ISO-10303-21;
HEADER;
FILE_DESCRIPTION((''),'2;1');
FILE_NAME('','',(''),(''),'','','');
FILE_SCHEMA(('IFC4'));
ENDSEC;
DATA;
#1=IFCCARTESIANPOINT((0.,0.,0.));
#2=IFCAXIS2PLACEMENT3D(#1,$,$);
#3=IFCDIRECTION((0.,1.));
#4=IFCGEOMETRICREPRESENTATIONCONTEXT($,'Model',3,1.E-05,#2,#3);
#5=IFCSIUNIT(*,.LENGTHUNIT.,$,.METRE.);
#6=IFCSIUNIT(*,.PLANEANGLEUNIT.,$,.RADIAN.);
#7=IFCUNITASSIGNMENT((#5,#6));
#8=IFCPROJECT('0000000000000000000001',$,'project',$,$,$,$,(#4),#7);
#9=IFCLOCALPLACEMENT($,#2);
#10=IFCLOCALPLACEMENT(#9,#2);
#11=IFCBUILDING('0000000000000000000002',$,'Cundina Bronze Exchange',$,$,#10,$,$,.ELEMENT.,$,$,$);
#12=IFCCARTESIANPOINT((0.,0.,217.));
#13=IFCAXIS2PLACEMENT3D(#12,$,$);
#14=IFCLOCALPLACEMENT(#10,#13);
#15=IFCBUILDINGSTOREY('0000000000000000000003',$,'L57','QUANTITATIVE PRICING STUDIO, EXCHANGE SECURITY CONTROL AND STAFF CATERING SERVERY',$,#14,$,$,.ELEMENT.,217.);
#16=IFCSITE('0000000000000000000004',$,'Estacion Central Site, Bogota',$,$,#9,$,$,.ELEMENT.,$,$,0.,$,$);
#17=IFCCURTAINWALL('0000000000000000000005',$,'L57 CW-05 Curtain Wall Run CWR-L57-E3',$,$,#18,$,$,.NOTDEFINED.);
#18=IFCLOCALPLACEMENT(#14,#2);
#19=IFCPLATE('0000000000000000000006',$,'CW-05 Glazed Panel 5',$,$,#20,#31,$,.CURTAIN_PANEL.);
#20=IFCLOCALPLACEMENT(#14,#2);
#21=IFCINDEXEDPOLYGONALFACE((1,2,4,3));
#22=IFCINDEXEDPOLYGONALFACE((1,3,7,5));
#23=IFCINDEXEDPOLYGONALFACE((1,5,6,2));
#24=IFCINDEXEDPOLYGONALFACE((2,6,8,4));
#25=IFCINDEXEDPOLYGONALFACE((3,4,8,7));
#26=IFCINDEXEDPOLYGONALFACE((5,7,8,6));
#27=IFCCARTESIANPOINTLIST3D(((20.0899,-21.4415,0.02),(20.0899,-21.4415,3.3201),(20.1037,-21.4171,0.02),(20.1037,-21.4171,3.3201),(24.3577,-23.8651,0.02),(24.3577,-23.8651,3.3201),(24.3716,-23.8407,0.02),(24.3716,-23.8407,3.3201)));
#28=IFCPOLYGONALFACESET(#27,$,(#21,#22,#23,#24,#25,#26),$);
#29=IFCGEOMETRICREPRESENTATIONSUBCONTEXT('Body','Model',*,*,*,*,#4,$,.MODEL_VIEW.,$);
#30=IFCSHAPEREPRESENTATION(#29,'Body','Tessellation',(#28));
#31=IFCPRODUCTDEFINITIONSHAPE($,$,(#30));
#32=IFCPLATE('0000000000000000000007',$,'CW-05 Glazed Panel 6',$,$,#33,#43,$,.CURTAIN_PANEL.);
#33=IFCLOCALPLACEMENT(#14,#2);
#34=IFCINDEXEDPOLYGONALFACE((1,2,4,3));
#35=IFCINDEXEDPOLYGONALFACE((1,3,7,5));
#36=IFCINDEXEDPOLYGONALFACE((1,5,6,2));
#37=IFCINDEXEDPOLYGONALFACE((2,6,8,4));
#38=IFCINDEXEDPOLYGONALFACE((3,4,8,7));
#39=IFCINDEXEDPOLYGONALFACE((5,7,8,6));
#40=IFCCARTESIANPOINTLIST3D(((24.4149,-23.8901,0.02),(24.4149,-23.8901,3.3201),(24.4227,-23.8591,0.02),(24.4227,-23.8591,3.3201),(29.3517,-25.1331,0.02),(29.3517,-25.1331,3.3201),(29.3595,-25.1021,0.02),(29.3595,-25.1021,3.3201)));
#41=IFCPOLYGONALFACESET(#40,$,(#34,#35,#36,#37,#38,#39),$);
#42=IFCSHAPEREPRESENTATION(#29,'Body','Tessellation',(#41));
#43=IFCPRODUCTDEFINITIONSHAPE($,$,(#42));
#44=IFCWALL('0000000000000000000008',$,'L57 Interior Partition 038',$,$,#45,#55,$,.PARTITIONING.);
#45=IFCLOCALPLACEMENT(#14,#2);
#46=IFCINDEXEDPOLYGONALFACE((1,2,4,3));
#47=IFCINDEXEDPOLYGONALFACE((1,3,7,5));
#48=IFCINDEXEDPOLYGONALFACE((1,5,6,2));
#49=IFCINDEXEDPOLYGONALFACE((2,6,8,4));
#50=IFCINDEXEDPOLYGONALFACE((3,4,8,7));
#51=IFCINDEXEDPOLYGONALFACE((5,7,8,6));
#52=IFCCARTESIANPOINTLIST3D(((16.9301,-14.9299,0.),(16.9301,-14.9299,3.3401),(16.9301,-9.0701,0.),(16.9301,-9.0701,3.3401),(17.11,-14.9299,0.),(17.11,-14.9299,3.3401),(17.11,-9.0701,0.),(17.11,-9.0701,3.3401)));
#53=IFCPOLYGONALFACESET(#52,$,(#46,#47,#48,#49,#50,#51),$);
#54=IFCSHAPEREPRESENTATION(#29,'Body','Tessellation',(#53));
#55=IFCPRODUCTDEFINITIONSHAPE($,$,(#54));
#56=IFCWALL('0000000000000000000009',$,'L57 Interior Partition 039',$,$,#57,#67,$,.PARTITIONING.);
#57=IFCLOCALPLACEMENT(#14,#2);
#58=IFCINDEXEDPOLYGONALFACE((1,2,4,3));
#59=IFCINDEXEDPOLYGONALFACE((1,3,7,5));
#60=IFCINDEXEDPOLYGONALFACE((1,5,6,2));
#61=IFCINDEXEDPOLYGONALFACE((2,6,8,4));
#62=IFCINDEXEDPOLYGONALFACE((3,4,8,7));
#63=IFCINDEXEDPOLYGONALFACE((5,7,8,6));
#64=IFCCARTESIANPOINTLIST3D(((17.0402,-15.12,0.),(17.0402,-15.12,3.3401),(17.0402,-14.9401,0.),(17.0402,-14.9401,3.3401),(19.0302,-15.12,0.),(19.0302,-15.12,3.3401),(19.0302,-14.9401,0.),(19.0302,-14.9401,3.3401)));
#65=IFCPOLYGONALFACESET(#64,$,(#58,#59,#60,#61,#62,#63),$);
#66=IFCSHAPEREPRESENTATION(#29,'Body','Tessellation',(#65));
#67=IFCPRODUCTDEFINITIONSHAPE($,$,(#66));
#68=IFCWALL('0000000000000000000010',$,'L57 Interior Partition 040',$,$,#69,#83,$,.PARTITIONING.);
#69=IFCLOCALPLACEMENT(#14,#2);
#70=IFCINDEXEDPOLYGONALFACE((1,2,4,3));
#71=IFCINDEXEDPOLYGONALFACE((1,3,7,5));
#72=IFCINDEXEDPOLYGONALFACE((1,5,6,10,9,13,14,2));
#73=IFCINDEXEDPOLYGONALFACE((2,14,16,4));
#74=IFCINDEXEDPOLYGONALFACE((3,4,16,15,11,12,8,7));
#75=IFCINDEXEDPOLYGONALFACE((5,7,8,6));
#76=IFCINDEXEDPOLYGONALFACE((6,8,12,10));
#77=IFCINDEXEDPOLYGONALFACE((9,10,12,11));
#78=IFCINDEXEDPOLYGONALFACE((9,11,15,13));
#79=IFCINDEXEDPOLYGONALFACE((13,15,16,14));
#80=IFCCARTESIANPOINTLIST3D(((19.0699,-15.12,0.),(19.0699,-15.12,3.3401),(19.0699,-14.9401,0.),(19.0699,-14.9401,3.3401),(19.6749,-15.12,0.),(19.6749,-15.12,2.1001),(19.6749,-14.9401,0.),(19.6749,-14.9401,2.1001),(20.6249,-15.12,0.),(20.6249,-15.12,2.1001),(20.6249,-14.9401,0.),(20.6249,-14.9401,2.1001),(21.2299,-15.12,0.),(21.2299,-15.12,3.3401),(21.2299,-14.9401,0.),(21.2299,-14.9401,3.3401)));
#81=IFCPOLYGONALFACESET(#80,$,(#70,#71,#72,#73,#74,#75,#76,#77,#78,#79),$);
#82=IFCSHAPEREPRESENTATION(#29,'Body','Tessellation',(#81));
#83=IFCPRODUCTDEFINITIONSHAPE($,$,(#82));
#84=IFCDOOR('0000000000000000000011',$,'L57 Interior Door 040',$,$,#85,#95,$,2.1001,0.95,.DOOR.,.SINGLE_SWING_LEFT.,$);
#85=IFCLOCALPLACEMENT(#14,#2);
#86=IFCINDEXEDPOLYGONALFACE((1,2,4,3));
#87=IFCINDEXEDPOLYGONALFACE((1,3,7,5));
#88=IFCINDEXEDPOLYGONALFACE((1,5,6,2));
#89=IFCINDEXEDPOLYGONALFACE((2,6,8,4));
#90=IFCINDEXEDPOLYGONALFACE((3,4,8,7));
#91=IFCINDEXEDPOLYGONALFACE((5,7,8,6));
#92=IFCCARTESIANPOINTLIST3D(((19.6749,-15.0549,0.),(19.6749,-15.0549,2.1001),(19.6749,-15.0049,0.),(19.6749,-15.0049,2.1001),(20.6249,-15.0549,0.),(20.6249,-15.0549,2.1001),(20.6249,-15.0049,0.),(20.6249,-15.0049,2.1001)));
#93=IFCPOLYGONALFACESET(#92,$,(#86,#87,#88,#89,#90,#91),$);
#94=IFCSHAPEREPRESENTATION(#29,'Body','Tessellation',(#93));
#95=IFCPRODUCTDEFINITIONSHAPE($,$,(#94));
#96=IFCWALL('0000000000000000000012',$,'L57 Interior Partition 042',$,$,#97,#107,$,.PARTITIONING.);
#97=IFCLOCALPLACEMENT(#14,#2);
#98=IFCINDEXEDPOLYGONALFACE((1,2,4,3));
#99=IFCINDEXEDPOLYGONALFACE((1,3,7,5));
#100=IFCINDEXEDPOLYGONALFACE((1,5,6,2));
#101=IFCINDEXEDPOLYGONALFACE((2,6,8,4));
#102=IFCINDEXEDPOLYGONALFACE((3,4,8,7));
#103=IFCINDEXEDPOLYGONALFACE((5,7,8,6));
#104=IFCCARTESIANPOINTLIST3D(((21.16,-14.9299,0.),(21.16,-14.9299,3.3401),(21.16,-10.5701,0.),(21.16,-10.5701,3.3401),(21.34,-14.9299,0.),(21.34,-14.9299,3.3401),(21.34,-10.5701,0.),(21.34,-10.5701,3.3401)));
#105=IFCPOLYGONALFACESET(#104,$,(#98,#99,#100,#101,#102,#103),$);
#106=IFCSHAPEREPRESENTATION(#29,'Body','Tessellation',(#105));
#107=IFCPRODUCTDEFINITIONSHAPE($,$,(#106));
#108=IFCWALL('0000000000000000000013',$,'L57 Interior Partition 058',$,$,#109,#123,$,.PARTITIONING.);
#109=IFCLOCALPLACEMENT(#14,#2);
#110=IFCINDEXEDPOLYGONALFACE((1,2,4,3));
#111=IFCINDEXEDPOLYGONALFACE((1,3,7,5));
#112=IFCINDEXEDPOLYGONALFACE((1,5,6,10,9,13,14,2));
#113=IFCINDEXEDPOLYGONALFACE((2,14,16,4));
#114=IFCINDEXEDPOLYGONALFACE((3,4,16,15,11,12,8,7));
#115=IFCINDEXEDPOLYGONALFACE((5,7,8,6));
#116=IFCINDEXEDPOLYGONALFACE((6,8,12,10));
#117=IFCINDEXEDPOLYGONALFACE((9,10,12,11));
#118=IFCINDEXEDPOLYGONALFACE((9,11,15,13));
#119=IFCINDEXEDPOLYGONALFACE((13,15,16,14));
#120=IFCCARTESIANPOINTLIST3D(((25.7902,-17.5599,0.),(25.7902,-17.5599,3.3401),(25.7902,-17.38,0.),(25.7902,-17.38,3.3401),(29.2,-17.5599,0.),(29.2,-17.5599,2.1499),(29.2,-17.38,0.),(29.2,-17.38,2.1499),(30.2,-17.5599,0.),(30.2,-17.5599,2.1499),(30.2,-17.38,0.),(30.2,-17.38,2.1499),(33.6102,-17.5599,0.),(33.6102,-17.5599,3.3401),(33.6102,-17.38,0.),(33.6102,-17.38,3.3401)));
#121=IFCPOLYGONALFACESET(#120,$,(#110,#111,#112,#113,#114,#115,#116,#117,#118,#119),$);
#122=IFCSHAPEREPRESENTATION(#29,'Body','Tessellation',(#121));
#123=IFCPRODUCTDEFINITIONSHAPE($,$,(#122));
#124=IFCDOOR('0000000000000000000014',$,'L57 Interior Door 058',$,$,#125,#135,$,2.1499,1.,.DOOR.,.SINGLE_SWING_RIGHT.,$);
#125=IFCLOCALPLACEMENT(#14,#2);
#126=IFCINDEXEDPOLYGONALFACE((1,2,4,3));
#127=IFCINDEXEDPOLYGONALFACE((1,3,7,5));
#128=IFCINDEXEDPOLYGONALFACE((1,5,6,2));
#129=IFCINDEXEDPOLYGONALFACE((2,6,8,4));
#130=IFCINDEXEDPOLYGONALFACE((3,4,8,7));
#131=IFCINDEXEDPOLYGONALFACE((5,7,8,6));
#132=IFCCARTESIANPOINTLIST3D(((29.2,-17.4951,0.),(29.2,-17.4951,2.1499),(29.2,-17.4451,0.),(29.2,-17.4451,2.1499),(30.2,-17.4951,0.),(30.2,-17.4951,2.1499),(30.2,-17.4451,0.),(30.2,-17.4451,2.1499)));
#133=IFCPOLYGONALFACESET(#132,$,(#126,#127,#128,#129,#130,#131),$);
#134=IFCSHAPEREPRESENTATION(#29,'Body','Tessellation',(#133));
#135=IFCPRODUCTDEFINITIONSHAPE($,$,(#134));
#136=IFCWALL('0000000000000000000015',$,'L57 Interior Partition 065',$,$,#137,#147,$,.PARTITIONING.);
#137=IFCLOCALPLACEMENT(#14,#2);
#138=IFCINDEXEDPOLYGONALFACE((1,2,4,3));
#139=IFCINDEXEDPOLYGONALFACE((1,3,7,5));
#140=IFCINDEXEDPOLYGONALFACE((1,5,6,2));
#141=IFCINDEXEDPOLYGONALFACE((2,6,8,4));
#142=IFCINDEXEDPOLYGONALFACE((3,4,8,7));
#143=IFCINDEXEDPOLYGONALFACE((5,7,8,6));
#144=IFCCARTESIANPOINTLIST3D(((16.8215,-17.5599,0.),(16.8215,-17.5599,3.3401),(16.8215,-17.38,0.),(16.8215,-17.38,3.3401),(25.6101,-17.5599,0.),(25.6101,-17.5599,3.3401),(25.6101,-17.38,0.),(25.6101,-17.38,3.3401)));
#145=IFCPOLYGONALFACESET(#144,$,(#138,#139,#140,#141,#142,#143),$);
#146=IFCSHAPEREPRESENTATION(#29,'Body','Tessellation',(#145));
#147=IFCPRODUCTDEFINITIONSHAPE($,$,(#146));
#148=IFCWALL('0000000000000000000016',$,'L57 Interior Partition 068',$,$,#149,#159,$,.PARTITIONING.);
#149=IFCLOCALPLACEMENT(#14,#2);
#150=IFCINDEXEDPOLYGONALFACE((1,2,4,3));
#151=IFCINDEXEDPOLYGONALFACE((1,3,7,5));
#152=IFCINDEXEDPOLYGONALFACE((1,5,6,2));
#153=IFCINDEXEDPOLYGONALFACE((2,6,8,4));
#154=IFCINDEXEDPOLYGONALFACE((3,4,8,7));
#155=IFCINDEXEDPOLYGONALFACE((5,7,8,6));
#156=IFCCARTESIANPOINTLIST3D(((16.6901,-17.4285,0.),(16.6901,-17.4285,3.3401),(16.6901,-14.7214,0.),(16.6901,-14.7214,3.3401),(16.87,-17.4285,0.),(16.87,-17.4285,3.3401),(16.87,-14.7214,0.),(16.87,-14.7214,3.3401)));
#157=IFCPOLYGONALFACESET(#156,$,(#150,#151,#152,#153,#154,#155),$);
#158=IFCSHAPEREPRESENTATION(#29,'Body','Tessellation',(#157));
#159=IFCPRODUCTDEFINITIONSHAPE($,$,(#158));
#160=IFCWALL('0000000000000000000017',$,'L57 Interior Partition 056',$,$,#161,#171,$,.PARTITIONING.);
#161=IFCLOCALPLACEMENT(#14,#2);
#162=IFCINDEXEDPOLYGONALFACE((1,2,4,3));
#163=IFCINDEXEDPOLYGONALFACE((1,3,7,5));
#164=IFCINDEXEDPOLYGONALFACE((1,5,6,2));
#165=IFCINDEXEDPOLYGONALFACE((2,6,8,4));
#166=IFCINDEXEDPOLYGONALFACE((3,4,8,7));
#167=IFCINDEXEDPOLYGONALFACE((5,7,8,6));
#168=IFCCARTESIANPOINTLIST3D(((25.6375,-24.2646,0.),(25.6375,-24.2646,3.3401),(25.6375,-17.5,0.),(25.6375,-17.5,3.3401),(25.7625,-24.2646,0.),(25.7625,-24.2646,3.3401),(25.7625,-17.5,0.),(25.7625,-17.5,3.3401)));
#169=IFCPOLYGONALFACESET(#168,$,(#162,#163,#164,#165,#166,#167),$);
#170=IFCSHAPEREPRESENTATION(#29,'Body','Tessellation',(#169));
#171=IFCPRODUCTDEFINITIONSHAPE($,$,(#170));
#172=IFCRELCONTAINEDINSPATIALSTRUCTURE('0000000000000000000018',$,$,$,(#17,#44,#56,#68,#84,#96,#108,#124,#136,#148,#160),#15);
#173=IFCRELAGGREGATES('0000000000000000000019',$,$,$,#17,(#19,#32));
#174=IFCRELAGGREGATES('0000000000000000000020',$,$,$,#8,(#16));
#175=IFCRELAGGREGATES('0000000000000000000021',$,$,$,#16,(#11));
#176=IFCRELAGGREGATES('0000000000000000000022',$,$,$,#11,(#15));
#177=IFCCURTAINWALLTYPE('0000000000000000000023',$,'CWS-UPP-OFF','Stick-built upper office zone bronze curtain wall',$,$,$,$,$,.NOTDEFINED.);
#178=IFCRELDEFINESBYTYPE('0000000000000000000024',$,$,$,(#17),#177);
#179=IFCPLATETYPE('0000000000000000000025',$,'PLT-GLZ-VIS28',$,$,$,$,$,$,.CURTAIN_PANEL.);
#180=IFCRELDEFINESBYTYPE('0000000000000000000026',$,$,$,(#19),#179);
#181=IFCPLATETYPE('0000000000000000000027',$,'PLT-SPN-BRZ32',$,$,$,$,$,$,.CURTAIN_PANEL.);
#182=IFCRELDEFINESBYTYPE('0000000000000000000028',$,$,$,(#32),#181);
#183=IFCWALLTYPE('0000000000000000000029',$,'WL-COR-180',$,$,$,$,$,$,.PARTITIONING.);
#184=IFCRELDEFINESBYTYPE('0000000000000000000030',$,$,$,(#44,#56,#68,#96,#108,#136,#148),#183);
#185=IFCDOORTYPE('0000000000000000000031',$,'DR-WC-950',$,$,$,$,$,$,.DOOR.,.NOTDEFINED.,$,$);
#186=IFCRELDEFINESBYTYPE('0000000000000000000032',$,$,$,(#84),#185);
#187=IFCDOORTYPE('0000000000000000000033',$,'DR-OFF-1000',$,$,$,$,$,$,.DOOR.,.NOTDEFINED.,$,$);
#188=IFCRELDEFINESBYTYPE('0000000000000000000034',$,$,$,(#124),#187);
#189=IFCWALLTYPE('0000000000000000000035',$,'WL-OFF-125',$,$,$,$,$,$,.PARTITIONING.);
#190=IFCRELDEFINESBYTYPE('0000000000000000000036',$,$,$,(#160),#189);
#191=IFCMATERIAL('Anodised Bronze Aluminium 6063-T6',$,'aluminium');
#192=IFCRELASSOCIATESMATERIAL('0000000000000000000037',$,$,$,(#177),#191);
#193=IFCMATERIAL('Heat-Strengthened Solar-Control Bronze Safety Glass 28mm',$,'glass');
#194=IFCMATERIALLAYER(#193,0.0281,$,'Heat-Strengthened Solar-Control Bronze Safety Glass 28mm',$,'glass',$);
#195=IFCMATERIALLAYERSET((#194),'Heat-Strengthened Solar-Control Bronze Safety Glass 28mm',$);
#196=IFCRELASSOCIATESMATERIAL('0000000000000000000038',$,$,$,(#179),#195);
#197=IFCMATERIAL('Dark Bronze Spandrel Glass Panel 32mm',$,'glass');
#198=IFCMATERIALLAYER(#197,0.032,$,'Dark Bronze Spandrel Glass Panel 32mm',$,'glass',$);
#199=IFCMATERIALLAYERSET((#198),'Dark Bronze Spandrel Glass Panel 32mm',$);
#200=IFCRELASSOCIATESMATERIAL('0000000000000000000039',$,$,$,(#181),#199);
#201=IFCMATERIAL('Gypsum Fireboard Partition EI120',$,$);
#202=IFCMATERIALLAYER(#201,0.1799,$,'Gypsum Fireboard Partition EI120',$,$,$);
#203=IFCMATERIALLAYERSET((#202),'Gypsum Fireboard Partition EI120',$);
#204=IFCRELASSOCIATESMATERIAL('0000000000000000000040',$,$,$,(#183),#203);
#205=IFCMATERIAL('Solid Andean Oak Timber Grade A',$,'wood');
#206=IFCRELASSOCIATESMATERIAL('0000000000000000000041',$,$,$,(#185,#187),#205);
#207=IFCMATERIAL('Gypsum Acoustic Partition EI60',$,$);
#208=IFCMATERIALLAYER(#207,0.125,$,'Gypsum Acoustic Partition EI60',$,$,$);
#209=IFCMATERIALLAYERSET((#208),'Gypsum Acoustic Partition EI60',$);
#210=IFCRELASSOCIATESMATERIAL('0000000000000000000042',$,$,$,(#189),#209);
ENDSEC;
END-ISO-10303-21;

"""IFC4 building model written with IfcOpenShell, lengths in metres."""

from ifc_helpers import new_model, si_unit, direction, frame, frame_2d, origin, origin_2d, place, context, subcontext, project, spatial, rectangle, extrude, material, layer, layer_set, type_object, element, fill, aggregate, save


model = new_model("IFC4")

# Units and contexts
model_context = context("Model", 3, precision=1e-05, world=origin(), true_north=direction((0.0, 1.0)))
body_context = subcontext(model_context, "Body", "Model", "MODEL_VIEW")
ifc_project = project(units=[si_unit("LENGTHUNIT", "METRE"), si_unit("PLANEANGLEUNIT", "RADIAN")], contexts=[model_context])

# Site, building, storey
site_placement = place(None, origin())
site = spatial("IfcSite", under=ifc_project, at=site_placement, Name="Estacion Central Site, Bogota", CompositionType="ELEMENT", RefElevation=0.0)
building_placement = place(site_placement, origin())
building = spatial("IfcBuilding", under=site, at=building_placement, Name="Cundina Bronze Exchange", CompositionType="ELEMENT")
storey_placement = place(building_placement, frame((0.0, 0.0, 217.0)))
storey = spatial("IfcBuildingStorey", under=building, at=storey_placement, Name="L57", Description="QUANTITATIVE PRICING STUDIO, EXCHANGE SECURITY CONTROL AND STAFF CATERING SERVERY", CompositionType="ELEMENT", Elevation=217.0)

# Curtain wall, plates
ifc_material_1 = material(Name="Anodised Bronze Aluminium 6063-T6", Category="aluminium")
curtain_wall_type = type_object("IfcCurtainWallType", Name="CWS-UPP-OFF", Description="Stick-built upper office zone bronze curtain wall", PredefinedType="NOTDEFINED", material=ifc_material_1)
curtain_wall_placement = place(storey_placement, origin())
curtain_wall = element("IfcCurtainWall", 1, at=curtain_wall_placement, inside=storey, type_object=curtain_wall_type, Name="L57 CW-05 Curtain Wall Run CWR-L57-E3", PredefinedType="NOTDEFINED")
ifc_material_2 = material(Name="Heat-Strengthened Solar-Control Bronze Safety Glass 28mm", Category="glass")
ifc_layer_1 = layer(ifc_material_2, 0.0281, Name="Heat-Strengthened Solar-Control Bronze Safety Glass 28mm", Category="glass")
ifc_layer_set_1 = layer_set([ifc_layer_1], Name="Heat-Strengthened Solar-Control Bronze Safety Glass 28mm")
plate_type_1 = type_object("IfcPlateType", Name="PLT-GLZ-VIS28", PredefinedType="CURTAIN_PANEL", material=ifc_layer_set_1)
plate_1_placement = place(storey_placement, frame((22.2307, -22.6411, 0.02), z_axis=(0.0, 0.0, 1.0), x_axis=(0.869573, -0.493805, 0.0)))
plate_1 = element("IfcPlate", 2, at=plate_1_placement, type_object=plate_type_1, Name="CW-05 Glazed Panel 5", PredefinedType="CURTAIN_PANEL", context=body_context, shape_type="SweptSolid", body=[
    extrude(rectangle(XDim=4.908, YDim=0.0281, at=origin_2d()), origin(), (0.0, 0.0, 1.0), 3.3),
])
ifc_material_3 = material(Name="Dark Bronze Spandrel Glass Panel 32mm", Category="glass")
ifc_layer_2 = layer(ifc_material_3, 0.032, Name="Dark Bronze Spandrel Glass Panel 32mm", Category="glass")
ifc_layer_set_2 = layer_set([ifc_layer_2], Name="Dark Bronze Spandrel Glass Panel 32mm")
plate_type_2 = type_object("IfcPlateType", Name="PLT-SPN-BRZ32", PredefinedType="CURTAIN_PANEL", material=ifc_layer_set_2)
plate_2_placement = place(storey_placement, frame((26.8872, -24.4961, 0.02), z_axis=(0.0, 0.0, 1.0), x_axis=(0.969732, -0.244174, 0.0)))
plate_2 = element("IfcPlate", 3, at=plate_2_placement, type_object=plate_type_2, Name="CW-05 Glazed Panel 6", PredefinedType="CURTAIN_PANEL", context=body_context, shape_type="SweptSolid", body=[
    extrude(rectangle(XDim=5.0908, YDim=0.032, at=origin_2d()), origin(), (0.0, 0.0, 1.0), 3.3),
])
aggregate(curtain_wall, [plate_1, plate_2])

# Walls
ifc_material_4 = material(Name="Gypsum Fireboard Partition EI120")
ifc_layer_3 = layer(ifc_material_4, 0.1799, Name="Gypsum Fireboard Partition EI120")
ifc_layer_set_3 = layer_set([ifc_layer_3], Name="Gypsum Fireboard Partition EI120")
wall_type_1 = type_object("IfcWallType", Name="WL-COR-180", PredefinedType="PARTITIONING", material=ifc_layer_set_3)
wall_1_placement = place(storey_placement, frame((17.02, -14.9299, 0.0), z_axis=(0.0, 0.0, 1.0), x_axis=(0.0, 1.0, 0.0)))
element("IfcWall", 4, at=wall_1_placement, inside=storey, type_object=wall_type_1, Name="L57 Interior Partition 038", PredefinedType="PARTITIONING", context=body_context, shape_type="SweptSolid", body=[
    extrude(rectangle(XDim=5.8599, YDim=0.1799, at=frame_2d((2.9299, 0.0))), origin(), (0.0, 0.0, 1.0), 3.3401),
])
wall_2_placement = place(storey_placement, frame((17.04, -15.03, 0.0), z_axis=(0.0, 0.0, 1.0), x_axis=(1.0, 0.0, 0.0)))
element("IfcWall", 5, at=wall_2_placement, inside=storey, type_object=wall_type_1, Name="L57 Interior Partition 039", PredefinedType="PARTITIONING", context=body_context, shape_type="SweptSolid", body=[
    extrude(rectangle(XDim=1.99, YDim=0.1799, at=frame_2d((0.9951, 0.0))), origin(), (0.0, 0.0, 1.0), 3.3401),
])

# Wall, opening, door
wall_3_placement = place(storey_placement, frame((21.23, -15.03, 0.0), z_axis=(0.0, 0.0, 1.0), x_axis=(-1.0, 0.0, 0.0)))
wall_3 = element("IfcWall", 6, at=wall_3_placement, inside=storey, type_object=wall_type_1, Name="L57 Interior Partition 040", PredefinedType="PARTITIONING", context=body_context, shape_type="SweptSolid", body=[
    extrude(rectangle(XDim=2.1599, YDim=0.1799, at=frame_2d((1.0801, 0.0))), origin(), (0.0, 0.0, 1.0), 3.3401),
])
opening_1_placement = place(wall_3_placement, frame((0.605, 0.0, 0.0)))
opening_1 = element("IfcOpeningElement", 7, at=opening_1_placement, cuts=wall_3, PredefinedType="OPENING", context=body_context, shape_type="SweptSolid", body=[
    extrude(rectangle(XDim=0.95, YDim=2.1001, at=frame_2d((0.4751, 1.05))), frame((0.0, 0.0999, 0.0), z_axis=(0.0, -1.0, 0.0), x_axis=(1.0, 0.0, 0.0)), (0.0, 0.0, 1.0), 0.2),
])
ifc_material_5 = material(Name="Solid Andean Oak Timber Grade A", Category="wood")
door_type_1 = type_object("IfcDoorType", Name="DR-WC-950", OperationType="NOTDEFINED", PredefinedType="DOOR", material=ifc_material_5)
door_1_placement = place(opening_1_placement, origin())
door_1 = element("IfcDoor", 8, at=door_1_placement, inside=storey, type_object=door_type_1, Name="L57 Interior Door 040", OperationType="SINGLE_SWING_LEFT", OverallHeight=2.1001, OverallWidth=0.95, PredefinedType="DOOR", context=body_context, shape_type="SweptSolid", body=[
    extrude(rectangle(XDim=0.95, YDim=2.1001, at=frame_2d((0.4751, 1.05))), frame((0.0, 0.0249, 0.0), z_axis=(0.0, -1.0, 0.0), x_axis=(1.0, 0.0, 0.0)), (0.0, 0.0, 1.0), 0.05),
])
fill(opening_1, door_1)

# Wall
wall_4_placement = place(storey_placement, frame((21.25, -14.9299, 0.0), z_axis=(0.0, 0.0, 1.0), x_axis=(0.0, 1.0, 0.0)))
element("IfcWall", 9, at=wall_4_placement, inside=storey, type_object=wall_type_1, Name="L57 Interior Partition 042", PredefinedType="PARTITIONING", context=body_context, shape_type="SweptSolid", body=[
    extrude(rectangle(XDim=4.3599, YDim=0.1799, at=frame_2d((2.1799, 0.0))), origin(), (0.0, 0.0, 1.0), 3.3401),
])

# Wall, opening, door
wall_5_placement = place(storey_placement, frame((25.79, -17.47, 0.0), z_axis=(0.0, 0.0, 1.0), x_axis=(1.0, 0.0, 0.0)))
wall_5 = element("IfcWall", 10, at=wall_5_placement, inside=storey, type_object=wall_type_1, Name="L57 Interior Partition 058", PredefinedType="PARTITIONING", context=body_context, shape_type="SweptSolid", body=[
    extrude(rectangle(XDim=7.8201, YDim=0.1799, at=frame_2d((3.9102, 0.0))), origin(), (0.0, 0.0, 1.0), 3.3401),
])
opening_2_placement = place(wall_5_placement, frame((3.4099, 0.0, 0.0)))
opening_2 = element("IfcOpeningElement", 11, at=opening_2_placement, cuts=wall_5, PredefinedType="OPENING", context=body_context, shape_type="SweptSolid", body=[
    extrude(rectangle(XDim=1.0, YDim=2.1499, at=frame_2d((0.5, 1.075))), frame((0.0, 0.0999, 0.0), z_axis=(0.0, -1.0, 0.0), x_axis=(1.0, 0.0, 0.0)), (0.0, 0.0, 1.0), 0.2),
])
door_type_2 = type_object("IfcDoorType", Name="DR-OFF-1000", OperationType="NOTDEFINED", PredefinedType="DOOR", material=ifc_material_5)
door_2_placement = place(opening_2_placement, origin())
door_2 = element("IfcDoor", 12, at=door_2_placement, inside=storey, type_object=door_type_2, Name="L57 Interior Door 058", OperationType="SINGLE_SWING_RIGHT", OverallHeight=2.1499, OverallWidth=1.0, PredefinedType="DOOR", context=body_context, shape_type="SweptSolid", body=[
    extrude(rectangle(XDim=1.0, YDim=2.1499, at=frame_2d((0.5, 1.075))), frame((0.0, 0.0249, 0.0), z_axis=(0.0, -1.0, 0.0), x_axis=(1.0, 0.0, 0.0)), (0.0, 0.0, 1.0), 0.05),
])
fill(opening_2, door_2)

# Walls
wall_6_placement = place(storey_placement, frame((16.8215, -17.47, 0.0), z_axis=(0.0, 0.0, 1.0), x_axis=(1.0, 0.0, 0.0)))
element("IfcWall", 13, at=wall_6_placement, inside=storey, type_object=wall_type_1, Name="L57 Interior Partition 065", PredefinedType="PARTITIONING", context=body_context, shape_type="SweptSolid", body=[
    extrude(rectangle(XDim=8.7886, YDim=0.1799, at=frame_2d((4.3943, 0.0))), origin(), (0.0, 0.0, 1.0), 3.3401),
])
wall_7_placement = place(storey_placement, frame((16.78, -14.7214, 0.0), z_axis=(0.0, 0.0, 1.0), x_axis=(0.0, -1.0, 0.0)))
element("IfcWall", 14, at=wall_7_placement, inside=storey, type_object=wall_type_1, Name="L57 Interior Partition 068", PredefinedType="PARTITIONING", context=body_context, shape_type="SweptSolid", body=[
    extrude(rectangle(XDim=2.707, YDim=0.1799, at=frame_2d((1.3535, 0.0))), origin(), (0.0, 0.0, 1.0), 3.3401),
])
ifc_material_6 = material(Name="Gypsum Acoustic Partition EI60")
ifc_layer_4 = layer(ifc_material_6, 0.125, Name="Gypsum Acoustic Partition EI60")
ifc_layer_set_4 = layer_set([ifc_layer_4], Name="Gypsum Acoustic Partition EI60")
wall_type_2 = type_object("IfcWallType", Name="WL-OFF-125", PredefinedType="PARTITIONING", material=ifc_layer_set_4)
wall_8_placement = place(storey_placement, frame((25.7, -24.2646, 0.0), z_axis=(0.0, 0.0, 1.0), x_axis=(0.0, 1.0, 0.0)))
element("IfcWall", 15, at=wall_8_placement, inside=storey, type_object=wall_type_2, Name="L57 Interior Partition 056", PredefinedType="PARTITIONING", context=body_context, shape_type="SweptSolid", body=[
    extrude(rectangle(XDim=6.7646, YDim=0.125, at=frame_2d((3.3823, 0.0))), origin(), (0.0, 0.0, 1.0), 3.3401),
])

save(model, "model.ifc")
